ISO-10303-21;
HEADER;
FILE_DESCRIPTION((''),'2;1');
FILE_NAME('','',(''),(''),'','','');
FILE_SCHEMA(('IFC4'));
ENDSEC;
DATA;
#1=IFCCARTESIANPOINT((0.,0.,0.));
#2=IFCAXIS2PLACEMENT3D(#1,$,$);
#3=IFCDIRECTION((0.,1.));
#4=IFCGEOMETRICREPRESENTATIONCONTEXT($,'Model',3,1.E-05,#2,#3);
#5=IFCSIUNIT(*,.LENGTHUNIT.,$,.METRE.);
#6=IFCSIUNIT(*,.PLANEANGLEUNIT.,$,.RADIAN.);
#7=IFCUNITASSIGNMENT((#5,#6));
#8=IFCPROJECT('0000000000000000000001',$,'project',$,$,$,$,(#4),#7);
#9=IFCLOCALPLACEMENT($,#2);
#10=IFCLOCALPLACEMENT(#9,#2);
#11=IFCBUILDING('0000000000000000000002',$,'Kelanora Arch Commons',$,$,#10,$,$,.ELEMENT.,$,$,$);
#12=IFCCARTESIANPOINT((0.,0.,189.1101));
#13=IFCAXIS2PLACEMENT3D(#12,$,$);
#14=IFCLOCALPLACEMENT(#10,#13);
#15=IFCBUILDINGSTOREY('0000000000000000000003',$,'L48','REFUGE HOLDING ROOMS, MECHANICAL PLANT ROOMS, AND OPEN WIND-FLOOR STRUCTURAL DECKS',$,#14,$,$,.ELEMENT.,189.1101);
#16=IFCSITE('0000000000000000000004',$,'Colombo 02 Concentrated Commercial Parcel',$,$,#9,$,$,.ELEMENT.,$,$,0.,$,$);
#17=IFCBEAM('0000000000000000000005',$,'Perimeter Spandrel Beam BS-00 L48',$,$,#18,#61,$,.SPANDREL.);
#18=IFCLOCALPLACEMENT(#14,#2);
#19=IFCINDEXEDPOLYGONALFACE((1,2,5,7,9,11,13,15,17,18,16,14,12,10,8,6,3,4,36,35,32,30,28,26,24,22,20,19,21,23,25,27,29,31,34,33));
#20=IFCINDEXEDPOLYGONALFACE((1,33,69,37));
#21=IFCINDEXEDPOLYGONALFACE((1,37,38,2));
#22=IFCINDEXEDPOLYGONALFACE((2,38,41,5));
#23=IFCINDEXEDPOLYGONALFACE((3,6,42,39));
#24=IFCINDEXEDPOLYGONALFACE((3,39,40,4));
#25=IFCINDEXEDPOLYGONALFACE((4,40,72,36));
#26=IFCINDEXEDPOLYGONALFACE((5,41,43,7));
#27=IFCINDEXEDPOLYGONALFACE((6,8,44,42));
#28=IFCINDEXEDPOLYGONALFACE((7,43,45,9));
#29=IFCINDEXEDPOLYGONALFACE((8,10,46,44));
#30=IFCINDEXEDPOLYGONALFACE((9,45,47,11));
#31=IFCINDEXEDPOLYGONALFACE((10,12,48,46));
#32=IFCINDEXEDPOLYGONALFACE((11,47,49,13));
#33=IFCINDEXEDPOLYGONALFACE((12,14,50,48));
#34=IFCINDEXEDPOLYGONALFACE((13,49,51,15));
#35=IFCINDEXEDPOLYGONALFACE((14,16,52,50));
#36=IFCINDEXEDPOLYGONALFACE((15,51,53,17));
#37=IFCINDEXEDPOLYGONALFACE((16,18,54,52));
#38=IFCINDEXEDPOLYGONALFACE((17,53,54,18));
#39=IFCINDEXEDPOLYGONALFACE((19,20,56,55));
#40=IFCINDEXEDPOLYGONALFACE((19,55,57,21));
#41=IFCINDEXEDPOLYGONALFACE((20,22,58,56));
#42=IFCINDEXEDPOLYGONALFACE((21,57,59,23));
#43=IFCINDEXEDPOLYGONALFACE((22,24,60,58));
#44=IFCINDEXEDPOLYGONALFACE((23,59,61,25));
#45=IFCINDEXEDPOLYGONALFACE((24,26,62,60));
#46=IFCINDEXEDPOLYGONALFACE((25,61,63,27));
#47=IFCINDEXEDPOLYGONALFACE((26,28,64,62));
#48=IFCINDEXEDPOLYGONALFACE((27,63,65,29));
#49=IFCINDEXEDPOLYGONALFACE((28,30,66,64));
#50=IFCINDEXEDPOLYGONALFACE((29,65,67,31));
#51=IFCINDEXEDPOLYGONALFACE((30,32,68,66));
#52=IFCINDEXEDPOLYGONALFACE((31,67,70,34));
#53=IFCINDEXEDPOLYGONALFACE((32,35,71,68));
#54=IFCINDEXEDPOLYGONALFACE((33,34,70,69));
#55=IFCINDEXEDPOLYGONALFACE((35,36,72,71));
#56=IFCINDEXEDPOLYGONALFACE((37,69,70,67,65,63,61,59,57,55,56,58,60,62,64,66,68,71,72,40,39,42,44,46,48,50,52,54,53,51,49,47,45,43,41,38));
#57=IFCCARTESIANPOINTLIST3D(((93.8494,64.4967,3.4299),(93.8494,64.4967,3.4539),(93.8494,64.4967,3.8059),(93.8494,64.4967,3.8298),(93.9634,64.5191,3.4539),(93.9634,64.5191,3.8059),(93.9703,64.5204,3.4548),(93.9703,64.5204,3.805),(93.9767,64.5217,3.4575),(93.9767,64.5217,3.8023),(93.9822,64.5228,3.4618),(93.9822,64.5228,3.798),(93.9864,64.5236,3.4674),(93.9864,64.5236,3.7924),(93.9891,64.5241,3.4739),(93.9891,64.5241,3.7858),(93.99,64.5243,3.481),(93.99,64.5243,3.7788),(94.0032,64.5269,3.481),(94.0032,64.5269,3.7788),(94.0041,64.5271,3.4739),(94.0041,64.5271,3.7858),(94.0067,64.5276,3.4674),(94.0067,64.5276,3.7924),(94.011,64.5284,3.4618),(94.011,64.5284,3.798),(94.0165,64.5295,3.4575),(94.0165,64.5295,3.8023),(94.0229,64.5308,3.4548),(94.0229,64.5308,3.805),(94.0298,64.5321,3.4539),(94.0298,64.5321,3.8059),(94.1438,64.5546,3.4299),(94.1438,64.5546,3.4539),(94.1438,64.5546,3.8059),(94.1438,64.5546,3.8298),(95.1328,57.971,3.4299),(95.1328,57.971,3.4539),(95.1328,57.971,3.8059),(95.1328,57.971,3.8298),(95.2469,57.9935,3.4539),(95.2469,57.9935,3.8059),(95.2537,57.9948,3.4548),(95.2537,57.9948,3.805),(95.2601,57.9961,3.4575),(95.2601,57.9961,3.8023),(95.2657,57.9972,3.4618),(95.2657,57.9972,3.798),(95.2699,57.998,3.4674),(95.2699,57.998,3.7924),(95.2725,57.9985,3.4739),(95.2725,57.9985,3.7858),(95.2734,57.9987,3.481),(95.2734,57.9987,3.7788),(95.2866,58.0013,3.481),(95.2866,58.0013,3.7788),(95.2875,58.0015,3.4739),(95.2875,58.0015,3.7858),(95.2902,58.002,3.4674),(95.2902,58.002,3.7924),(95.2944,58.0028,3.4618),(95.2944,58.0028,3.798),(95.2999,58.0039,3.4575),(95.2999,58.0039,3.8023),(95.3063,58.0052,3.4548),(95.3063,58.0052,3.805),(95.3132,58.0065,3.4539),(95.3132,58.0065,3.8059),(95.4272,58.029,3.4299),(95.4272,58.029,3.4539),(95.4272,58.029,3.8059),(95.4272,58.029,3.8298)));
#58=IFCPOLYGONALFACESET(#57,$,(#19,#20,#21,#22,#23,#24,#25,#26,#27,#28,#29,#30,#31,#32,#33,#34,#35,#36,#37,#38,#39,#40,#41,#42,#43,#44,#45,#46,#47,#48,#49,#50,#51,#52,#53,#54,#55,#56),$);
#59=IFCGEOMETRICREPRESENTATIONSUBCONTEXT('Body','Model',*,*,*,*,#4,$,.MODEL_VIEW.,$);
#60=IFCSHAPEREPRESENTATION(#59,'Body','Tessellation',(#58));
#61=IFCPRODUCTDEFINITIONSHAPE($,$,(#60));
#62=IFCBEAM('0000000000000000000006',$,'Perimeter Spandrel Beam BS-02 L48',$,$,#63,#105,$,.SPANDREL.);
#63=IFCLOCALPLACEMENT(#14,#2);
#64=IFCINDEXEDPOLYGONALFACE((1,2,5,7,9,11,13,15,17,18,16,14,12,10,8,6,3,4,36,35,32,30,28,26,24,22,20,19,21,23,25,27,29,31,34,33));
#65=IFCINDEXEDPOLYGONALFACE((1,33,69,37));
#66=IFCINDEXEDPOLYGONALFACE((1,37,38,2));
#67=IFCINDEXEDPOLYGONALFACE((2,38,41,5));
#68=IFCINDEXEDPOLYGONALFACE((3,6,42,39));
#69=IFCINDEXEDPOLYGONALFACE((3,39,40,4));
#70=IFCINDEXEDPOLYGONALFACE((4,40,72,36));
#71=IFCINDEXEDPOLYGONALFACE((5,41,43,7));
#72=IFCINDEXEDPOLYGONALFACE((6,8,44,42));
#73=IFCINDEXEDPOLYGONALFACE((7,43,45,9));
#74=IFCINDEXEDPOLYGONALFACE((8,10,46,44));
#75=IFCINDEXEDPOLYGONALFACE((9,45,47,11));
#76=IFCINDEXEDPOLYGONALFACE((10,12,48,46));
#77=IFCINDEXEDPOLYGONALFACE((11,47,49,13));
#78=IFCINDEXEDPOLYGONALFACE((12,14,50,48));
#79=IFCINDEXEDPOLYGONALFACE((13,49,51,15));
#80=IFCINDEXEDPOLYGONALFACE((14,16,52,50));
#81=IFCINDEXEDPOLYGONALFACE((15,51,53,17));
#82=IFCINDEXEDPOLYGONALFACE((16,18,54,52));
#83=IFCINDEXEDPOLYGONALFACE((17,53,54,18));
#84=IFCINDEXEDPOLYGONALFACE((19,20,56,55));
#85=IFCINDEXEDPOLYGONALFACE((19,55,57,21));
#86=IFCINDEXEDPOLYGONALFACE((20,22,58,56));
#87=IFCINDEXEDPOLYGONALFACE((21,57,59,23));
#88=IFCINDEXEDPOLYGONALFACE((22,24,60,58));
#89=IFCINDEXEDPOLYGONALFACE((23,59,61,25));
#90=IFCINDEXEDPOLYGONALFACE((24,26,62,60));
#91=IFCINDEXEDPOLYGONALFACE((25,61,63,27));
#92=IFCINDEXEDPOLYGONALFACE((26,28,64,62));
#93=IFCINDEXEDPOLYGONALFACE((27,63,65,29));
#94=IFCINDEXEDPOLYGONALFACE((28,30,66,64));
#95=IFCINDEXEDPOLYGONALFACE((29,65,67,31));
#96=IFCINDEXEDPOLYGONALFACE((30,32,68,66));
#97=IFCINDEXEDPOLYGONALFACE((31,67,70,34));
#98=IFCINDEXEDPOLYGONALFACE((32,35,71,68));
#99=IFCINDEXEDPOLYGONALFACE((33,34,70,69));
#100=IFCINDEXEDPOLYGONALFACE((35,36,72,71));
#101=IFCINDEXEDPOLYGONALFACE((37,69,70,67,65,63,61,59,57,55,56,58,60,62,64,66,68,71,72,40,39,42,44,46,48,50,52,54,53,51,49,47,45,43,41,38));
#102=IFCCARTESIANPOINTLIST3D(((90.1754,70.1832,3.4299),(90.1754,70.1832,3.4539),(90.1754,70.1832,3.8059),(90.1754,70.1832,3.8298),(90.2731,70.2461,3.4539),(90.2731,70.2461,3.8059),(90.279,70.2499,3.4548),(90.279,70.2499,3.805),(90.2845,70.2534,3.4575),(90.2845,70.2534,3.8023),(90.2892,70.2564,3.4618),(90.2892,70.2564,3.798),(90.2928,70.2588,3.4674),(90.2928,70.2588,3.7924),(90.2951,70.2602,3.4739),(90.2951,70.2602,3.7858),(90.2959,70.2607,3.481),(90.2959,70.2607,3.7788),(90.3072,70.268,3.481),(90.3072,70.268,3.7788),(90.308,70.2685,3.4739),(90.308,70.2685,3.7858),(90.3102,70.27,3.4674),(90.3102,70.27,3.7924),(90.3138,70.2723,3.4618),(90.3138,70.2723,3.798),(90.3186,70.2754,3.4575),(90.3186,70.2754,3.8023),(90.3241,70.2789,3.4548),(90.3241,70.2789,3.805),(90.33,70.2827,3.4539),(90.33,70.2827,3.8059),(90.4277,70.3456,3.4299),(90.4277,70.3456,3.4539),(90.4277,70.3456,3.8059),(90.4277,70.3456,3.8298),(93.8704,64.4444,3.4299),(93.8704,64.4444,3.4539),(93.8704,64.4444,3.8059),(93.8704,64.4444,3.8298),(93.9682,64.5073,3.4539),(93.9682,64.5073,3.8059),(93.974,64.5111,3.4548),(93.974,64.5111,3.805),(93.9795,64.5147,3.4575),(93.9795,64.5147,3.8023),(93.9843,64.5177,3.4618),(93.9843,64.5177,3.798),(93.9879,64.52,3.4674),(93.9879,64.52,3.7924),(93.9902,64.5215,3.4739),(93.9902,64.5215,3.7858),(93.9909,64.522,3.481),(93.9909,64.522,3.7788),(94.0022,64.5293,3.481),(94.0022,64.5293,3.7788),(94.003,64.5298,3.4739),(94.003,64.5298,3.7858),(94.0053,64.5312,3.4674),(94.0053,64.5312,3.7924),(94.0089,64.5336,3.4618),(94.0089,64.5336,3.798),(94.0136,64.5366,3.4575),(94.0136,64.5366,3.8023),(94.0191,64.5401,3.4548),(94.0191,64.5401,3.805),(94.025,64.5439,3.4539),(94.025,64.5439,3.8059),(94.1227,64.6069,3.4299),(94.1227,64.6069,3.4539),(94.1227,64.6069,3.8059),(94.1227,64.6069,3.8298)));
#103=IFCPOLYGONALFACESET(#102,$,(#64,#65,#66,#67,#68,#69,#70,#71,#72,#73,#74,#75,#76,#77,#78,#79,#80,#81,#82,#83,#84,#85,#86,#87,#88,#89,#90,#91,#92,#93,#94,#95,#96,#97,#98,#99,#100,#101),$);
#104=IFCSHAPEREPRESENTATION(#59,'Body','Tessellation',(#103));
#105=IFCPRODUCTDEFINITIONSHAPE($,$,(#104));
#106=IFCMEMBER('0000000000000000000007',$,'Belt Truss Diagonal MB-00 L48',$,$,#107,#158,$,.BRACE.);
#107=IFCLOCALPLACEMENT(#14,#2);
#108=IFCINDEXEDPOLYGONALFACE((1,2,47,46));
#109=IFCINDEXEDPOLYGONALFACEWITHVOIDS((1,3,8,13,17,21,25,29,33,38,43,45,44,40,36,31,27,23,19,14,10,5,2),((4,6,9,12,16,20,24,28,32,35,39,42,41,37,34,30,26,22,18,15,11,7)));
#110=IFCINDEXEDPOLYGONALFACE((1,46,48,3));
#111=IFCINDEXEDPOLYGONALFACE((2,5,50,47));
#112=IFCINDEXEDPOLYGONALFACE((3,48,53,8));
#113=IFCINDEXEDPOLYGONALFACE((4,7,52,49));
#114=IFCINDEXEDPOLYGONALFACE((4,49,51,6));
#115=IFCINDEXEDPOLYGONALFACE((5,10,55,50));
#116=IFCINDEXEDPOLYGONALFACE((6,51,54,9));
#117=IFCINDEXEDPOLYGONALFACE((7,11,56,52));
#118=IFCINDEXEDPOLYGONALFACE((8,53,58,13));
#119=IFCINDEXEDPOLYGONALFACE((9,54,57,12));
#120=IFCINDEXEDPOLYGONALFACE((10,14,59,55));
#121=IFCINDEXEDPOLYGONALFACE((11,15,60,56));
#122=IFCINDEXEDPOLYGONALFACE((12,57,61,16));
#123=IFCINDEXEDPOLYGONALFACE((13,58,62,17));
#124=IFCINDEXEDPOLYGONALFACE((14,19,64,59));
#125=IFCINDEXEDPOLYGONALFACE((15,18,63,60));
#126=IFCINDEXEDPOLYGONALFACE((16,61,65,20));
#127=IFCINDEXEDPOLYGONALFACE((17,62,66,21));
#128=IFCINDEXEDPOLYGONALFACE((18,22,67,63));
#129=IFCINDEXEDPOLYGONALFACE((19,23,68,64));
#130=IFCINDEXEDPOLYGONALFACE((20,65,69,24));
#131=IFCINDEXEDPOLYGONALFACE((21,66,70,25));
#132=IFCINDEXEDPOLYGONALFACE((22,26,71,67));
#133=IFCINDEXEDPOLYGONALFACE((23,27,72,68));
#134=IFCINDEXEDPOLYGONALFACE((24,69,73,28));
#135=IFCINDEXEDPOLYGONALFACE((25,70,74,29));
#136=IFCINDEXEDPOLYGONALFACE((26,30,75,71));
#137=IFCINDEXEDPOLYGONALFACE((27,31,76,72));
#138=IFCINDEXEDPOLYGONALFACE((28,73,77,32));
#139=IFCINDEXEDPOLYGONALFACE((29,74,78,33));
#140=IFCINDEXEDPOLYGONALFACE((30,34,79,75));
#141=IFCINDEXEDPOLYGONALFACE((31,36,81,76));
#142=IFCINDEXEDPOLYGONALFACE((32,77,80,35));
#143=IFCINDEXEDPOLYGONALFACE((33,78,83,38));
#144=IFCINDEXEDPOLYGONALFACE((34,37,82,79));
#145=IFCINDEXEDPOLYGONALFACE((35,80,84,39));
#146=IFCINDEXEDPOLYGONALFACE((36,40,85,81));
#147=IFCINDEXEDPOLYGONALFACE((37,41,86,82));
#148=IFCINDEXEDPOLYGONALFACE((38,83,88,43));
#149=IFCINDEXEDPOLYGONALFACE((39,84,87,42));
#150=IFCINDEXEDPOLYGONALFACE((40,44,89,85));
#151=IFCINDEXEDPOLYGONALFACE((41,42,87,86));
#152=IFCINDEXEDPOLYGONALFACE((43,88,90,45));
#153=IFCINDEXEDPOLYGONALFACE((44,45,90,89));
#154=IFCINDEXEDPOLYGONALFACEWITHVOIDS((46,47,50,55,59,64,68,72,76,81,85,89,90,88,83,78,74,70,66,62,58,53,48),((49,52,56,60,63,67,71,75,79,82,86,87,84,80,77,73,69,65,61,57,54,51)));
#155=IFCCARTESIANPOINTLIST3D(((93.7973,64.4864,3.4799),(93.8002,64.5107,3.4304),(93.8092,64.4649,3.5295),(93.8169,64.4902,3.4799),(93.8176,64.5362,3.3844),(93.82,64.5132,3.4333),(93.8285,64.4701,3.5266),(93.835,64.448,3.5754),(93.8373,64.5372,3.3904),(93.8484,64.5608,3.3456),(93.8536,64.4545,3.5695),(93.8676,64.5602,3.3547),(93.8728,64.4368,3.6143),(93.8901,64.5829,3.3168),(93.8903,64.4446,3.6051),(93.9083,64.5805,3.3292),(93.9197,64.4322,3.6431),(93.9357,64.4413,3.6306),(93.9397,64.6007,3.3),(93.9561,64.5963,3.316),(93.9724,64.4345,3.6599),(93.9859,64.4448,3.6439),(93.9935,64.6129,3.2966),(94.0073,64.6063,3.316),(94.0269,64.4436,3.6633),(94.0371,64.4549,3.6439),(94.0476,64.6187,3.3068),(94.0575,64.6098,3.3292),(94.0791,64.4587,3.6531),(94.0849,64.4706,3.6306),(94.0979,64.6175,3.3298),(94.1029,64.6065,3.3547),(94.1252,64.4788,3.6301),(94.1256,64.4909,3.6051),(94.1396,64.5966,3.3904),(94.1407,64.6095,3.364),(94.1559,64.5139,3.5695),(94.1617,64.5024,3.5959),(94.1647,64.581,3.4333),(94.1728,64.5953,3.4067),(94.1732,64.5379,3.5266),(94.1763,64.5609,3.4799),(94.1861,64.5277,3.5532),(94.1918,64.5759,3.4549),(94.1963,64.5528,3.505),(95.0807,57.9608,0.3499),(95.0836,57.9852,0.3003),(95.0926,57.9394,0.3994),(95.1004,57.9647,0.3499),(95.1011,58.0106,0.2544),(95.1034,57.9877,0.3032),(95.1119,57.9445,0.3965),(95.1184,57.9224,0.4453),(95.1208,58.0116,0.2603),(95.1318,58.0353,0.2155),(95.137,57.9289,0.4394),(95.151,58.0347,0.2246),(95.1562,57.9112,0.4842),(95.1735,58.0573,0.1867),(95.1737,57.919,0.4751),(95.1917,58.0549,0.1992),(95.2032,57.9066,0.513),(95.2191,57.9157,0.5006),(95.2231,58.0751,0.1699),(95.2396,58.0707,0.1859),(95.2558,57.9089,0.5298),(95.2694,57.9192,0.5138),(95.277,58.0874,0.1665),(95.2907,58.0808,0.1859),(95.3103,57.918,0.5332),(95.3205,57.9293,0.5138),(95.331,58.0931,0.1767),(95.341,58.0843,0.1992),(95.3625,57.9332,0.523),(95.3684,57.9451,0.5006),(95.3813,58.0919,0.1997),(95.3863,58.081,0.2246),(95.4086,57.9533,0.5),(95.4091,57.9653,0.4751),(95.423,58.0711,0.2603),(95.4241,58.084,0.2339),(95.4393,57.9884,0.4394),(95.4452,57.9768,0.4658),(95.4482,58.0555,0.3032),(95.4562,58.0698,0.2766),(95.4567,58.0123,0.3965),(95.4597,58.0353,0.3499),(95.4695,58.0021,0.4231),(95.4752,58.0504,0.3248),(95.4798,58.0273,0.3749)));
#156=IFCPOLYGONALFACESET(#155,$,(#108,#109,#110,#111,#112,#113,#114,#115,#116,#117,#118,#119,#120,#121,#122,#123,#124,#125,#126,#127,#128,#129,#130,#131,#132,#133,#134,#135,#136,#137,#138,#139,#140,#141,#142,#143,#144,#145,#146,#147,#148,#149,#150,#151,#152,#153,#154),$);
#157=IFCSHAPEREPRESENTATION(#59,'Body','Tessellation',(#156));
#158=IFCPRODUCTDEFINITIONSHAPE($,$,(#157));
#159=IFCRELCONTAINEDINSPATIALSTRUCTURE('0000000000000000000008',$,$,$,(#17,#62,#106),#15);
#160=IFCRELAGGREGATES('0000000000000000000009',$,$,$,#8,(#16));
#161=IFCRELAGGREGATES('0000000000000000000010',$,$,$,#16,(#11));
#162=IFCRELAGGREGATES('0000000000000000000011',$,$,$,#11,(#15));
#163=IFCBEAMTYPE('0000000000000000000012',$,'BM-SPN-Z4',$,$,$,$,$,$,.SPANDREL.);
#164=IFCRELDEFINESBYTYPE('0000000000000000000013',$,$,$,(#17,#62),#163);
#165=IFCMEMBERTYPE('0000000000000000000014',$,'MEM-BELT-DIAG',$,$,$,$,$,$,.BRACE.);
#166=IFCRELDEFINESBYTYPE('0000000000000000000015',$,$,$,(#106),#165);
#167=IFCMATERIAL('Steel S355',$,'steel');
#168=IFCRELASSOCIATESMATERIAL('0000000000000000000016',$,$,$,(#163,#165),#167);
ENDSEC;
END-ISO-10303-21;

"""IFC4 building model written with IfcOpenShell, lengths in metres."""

from ifc_helpers import new_model, si_unit, direction, frame, origin, origin_2d, place, context, subcontext, project, spatial, hollow_circle, i_section, extrude, material, material_profile, profile_set, type_object, element, save


model = new_model("IFC4")

# Units and contexts
model_context = context("Model", 3, precision=1e-05, world=origin(), true_north=direction((0.0, 1.0)))
body_context = subcontext(model_context, "Body", "Model", "MODEL_VIEW")
ifc_project = project(units=[si_unit("LENGTHUNIT", "METRE"), si_unit("PLANEANGLEUNIT", "RADIAN")], contexts=[model_context])

# Site, building, storey
site_placement = place(None, origin())
site = spatial("IfcSite", under=ifc_project, at=site_placement, Name="Colombo 02 Concentrated Commercial Parcel", CompositionType="ELEMENT", RefElevation=0.0)
building_placement = place(site_placement, origin())
building = spatial("IfcBuilding", under=site, at=building_placement, Name="Kelanora Arch Commons", CompositionType="ELEMENT")
storey_placement = place(building_placement, frame((0.0, 0.0, 189.1101)))
storey = spatial("IfcBuildingStorey", under=building, at=storey_placement, Name="L48", Description="REFUGE HOLDING ROOMS, MECHANICAL PLANT ROOMS, AND OPEN WIND-FLOOR STRUCTURAL DECKS", CompositionType="ELEMENT", Elevation=189.1101)

# Beams
ifc_material_1 = material(Name="Steel S355", Category="steel")
ifc_material_profile_1 = material_profile(ifc_material_1, i_section(OverallWidth=0.3, OverallDepth=0.3999, WebThickness=0.0134, FlangeThickness=0.0239, FilletRadius=0.0271, at=origin_2d()), Name="HEB400")
ifc_profile_set_1 = profile_set([ifc_material_profile_1], Name="Steel S355")
beam_type_1 = type_object("IfcBeamType", Name="BM-SPN-Z4", PredefinedType="SPANDREL", material=ifc_profile_set_1)
beam_1_placement = place(storey_placement, frame((95.28, 58.0, 3.6299), z_axis=(-0.192981, 0.981203, 0.0), x_axis=(-0.981203, -0.192981, 0.0)))
element("IfcBeam", 1, at=beam_1_placement, inside=storey, type_object=beam_type_1, Name="Perimeter Spandrel Beam BS-00 L48", PredefinedType="SPANDREL", context=body_context, shape_type="SweptSolid", body=[
    extrude(i_section(OverallWidth=0.3, OverallDepth=0.3999, WebThickness=0.0134, FlangeThickness=0.0239, FilletRadius=0.0271, at=origin_2d()), origin(), (0.0, 0.0, 1.0), 6.6506),
])
beam_2_placement = place(storey_placement, frame((93.9966, 64.5256, 3.6299), z_axis=(-0.541365, 0.840788, 0.0), x_axis=(-0.840788, -0.541365, 0.0)))
element("IfcBeam", 2, at=beam_2_placement, inside=storey, type_object=beam_type_1, Name="Perimeter Spandrel Beam BS-02 L48", PredefinedType="SPANDREL", context=body_context, shape_type="SweptSolid", body=[
    extrude(i_section(OverallWidth=0.3, OverallDepth=0.3999, WebThickness=0.0134, FlangeThickness=0.0239, FilletRadius=0.0271, at=origin_2d()), origin(), (0.0, 0.0, 1.0), 6.8254),
])

# Member
ifc_material_profile_2 = material_profile(ifc_material_1, hollow_circle(Radius=0.2031, WallThickness=0.02, at=origin_2d()), Name="CHS406.4x20")
ifc_profile_set_2 = profile_set([ifc_material_profile_2], Name="Steel S355")
member_type = type_object("IfcMemberType", Name="MEM-BELT-DIAG", PredefinedType="BRACE", material=ifc_profile_set_2)
member_1_placement = place(storey_placement, frame((95.28, 58.0, 0.3499), z_axis=(-0.174608, 0.887789, 0.425843), x_axis=(-0.981203, -0.192981, 0.0)))
element("IfcMember", 3, at=member_1_placement, inside=storey, type_object=member_type, Name="Belt Truss Diagonal MB-00 L48", PredefinedType="BRACE", context=body_context, shape_type="SweptSolid", body=[
    extrude(hollow_circle(Radius=0.2031, WallThickness=0.02, at=origin_2d()), origin(), (0.0, 0.0, 1.0), 7.3503),
])

save(model, "model.ifc")
